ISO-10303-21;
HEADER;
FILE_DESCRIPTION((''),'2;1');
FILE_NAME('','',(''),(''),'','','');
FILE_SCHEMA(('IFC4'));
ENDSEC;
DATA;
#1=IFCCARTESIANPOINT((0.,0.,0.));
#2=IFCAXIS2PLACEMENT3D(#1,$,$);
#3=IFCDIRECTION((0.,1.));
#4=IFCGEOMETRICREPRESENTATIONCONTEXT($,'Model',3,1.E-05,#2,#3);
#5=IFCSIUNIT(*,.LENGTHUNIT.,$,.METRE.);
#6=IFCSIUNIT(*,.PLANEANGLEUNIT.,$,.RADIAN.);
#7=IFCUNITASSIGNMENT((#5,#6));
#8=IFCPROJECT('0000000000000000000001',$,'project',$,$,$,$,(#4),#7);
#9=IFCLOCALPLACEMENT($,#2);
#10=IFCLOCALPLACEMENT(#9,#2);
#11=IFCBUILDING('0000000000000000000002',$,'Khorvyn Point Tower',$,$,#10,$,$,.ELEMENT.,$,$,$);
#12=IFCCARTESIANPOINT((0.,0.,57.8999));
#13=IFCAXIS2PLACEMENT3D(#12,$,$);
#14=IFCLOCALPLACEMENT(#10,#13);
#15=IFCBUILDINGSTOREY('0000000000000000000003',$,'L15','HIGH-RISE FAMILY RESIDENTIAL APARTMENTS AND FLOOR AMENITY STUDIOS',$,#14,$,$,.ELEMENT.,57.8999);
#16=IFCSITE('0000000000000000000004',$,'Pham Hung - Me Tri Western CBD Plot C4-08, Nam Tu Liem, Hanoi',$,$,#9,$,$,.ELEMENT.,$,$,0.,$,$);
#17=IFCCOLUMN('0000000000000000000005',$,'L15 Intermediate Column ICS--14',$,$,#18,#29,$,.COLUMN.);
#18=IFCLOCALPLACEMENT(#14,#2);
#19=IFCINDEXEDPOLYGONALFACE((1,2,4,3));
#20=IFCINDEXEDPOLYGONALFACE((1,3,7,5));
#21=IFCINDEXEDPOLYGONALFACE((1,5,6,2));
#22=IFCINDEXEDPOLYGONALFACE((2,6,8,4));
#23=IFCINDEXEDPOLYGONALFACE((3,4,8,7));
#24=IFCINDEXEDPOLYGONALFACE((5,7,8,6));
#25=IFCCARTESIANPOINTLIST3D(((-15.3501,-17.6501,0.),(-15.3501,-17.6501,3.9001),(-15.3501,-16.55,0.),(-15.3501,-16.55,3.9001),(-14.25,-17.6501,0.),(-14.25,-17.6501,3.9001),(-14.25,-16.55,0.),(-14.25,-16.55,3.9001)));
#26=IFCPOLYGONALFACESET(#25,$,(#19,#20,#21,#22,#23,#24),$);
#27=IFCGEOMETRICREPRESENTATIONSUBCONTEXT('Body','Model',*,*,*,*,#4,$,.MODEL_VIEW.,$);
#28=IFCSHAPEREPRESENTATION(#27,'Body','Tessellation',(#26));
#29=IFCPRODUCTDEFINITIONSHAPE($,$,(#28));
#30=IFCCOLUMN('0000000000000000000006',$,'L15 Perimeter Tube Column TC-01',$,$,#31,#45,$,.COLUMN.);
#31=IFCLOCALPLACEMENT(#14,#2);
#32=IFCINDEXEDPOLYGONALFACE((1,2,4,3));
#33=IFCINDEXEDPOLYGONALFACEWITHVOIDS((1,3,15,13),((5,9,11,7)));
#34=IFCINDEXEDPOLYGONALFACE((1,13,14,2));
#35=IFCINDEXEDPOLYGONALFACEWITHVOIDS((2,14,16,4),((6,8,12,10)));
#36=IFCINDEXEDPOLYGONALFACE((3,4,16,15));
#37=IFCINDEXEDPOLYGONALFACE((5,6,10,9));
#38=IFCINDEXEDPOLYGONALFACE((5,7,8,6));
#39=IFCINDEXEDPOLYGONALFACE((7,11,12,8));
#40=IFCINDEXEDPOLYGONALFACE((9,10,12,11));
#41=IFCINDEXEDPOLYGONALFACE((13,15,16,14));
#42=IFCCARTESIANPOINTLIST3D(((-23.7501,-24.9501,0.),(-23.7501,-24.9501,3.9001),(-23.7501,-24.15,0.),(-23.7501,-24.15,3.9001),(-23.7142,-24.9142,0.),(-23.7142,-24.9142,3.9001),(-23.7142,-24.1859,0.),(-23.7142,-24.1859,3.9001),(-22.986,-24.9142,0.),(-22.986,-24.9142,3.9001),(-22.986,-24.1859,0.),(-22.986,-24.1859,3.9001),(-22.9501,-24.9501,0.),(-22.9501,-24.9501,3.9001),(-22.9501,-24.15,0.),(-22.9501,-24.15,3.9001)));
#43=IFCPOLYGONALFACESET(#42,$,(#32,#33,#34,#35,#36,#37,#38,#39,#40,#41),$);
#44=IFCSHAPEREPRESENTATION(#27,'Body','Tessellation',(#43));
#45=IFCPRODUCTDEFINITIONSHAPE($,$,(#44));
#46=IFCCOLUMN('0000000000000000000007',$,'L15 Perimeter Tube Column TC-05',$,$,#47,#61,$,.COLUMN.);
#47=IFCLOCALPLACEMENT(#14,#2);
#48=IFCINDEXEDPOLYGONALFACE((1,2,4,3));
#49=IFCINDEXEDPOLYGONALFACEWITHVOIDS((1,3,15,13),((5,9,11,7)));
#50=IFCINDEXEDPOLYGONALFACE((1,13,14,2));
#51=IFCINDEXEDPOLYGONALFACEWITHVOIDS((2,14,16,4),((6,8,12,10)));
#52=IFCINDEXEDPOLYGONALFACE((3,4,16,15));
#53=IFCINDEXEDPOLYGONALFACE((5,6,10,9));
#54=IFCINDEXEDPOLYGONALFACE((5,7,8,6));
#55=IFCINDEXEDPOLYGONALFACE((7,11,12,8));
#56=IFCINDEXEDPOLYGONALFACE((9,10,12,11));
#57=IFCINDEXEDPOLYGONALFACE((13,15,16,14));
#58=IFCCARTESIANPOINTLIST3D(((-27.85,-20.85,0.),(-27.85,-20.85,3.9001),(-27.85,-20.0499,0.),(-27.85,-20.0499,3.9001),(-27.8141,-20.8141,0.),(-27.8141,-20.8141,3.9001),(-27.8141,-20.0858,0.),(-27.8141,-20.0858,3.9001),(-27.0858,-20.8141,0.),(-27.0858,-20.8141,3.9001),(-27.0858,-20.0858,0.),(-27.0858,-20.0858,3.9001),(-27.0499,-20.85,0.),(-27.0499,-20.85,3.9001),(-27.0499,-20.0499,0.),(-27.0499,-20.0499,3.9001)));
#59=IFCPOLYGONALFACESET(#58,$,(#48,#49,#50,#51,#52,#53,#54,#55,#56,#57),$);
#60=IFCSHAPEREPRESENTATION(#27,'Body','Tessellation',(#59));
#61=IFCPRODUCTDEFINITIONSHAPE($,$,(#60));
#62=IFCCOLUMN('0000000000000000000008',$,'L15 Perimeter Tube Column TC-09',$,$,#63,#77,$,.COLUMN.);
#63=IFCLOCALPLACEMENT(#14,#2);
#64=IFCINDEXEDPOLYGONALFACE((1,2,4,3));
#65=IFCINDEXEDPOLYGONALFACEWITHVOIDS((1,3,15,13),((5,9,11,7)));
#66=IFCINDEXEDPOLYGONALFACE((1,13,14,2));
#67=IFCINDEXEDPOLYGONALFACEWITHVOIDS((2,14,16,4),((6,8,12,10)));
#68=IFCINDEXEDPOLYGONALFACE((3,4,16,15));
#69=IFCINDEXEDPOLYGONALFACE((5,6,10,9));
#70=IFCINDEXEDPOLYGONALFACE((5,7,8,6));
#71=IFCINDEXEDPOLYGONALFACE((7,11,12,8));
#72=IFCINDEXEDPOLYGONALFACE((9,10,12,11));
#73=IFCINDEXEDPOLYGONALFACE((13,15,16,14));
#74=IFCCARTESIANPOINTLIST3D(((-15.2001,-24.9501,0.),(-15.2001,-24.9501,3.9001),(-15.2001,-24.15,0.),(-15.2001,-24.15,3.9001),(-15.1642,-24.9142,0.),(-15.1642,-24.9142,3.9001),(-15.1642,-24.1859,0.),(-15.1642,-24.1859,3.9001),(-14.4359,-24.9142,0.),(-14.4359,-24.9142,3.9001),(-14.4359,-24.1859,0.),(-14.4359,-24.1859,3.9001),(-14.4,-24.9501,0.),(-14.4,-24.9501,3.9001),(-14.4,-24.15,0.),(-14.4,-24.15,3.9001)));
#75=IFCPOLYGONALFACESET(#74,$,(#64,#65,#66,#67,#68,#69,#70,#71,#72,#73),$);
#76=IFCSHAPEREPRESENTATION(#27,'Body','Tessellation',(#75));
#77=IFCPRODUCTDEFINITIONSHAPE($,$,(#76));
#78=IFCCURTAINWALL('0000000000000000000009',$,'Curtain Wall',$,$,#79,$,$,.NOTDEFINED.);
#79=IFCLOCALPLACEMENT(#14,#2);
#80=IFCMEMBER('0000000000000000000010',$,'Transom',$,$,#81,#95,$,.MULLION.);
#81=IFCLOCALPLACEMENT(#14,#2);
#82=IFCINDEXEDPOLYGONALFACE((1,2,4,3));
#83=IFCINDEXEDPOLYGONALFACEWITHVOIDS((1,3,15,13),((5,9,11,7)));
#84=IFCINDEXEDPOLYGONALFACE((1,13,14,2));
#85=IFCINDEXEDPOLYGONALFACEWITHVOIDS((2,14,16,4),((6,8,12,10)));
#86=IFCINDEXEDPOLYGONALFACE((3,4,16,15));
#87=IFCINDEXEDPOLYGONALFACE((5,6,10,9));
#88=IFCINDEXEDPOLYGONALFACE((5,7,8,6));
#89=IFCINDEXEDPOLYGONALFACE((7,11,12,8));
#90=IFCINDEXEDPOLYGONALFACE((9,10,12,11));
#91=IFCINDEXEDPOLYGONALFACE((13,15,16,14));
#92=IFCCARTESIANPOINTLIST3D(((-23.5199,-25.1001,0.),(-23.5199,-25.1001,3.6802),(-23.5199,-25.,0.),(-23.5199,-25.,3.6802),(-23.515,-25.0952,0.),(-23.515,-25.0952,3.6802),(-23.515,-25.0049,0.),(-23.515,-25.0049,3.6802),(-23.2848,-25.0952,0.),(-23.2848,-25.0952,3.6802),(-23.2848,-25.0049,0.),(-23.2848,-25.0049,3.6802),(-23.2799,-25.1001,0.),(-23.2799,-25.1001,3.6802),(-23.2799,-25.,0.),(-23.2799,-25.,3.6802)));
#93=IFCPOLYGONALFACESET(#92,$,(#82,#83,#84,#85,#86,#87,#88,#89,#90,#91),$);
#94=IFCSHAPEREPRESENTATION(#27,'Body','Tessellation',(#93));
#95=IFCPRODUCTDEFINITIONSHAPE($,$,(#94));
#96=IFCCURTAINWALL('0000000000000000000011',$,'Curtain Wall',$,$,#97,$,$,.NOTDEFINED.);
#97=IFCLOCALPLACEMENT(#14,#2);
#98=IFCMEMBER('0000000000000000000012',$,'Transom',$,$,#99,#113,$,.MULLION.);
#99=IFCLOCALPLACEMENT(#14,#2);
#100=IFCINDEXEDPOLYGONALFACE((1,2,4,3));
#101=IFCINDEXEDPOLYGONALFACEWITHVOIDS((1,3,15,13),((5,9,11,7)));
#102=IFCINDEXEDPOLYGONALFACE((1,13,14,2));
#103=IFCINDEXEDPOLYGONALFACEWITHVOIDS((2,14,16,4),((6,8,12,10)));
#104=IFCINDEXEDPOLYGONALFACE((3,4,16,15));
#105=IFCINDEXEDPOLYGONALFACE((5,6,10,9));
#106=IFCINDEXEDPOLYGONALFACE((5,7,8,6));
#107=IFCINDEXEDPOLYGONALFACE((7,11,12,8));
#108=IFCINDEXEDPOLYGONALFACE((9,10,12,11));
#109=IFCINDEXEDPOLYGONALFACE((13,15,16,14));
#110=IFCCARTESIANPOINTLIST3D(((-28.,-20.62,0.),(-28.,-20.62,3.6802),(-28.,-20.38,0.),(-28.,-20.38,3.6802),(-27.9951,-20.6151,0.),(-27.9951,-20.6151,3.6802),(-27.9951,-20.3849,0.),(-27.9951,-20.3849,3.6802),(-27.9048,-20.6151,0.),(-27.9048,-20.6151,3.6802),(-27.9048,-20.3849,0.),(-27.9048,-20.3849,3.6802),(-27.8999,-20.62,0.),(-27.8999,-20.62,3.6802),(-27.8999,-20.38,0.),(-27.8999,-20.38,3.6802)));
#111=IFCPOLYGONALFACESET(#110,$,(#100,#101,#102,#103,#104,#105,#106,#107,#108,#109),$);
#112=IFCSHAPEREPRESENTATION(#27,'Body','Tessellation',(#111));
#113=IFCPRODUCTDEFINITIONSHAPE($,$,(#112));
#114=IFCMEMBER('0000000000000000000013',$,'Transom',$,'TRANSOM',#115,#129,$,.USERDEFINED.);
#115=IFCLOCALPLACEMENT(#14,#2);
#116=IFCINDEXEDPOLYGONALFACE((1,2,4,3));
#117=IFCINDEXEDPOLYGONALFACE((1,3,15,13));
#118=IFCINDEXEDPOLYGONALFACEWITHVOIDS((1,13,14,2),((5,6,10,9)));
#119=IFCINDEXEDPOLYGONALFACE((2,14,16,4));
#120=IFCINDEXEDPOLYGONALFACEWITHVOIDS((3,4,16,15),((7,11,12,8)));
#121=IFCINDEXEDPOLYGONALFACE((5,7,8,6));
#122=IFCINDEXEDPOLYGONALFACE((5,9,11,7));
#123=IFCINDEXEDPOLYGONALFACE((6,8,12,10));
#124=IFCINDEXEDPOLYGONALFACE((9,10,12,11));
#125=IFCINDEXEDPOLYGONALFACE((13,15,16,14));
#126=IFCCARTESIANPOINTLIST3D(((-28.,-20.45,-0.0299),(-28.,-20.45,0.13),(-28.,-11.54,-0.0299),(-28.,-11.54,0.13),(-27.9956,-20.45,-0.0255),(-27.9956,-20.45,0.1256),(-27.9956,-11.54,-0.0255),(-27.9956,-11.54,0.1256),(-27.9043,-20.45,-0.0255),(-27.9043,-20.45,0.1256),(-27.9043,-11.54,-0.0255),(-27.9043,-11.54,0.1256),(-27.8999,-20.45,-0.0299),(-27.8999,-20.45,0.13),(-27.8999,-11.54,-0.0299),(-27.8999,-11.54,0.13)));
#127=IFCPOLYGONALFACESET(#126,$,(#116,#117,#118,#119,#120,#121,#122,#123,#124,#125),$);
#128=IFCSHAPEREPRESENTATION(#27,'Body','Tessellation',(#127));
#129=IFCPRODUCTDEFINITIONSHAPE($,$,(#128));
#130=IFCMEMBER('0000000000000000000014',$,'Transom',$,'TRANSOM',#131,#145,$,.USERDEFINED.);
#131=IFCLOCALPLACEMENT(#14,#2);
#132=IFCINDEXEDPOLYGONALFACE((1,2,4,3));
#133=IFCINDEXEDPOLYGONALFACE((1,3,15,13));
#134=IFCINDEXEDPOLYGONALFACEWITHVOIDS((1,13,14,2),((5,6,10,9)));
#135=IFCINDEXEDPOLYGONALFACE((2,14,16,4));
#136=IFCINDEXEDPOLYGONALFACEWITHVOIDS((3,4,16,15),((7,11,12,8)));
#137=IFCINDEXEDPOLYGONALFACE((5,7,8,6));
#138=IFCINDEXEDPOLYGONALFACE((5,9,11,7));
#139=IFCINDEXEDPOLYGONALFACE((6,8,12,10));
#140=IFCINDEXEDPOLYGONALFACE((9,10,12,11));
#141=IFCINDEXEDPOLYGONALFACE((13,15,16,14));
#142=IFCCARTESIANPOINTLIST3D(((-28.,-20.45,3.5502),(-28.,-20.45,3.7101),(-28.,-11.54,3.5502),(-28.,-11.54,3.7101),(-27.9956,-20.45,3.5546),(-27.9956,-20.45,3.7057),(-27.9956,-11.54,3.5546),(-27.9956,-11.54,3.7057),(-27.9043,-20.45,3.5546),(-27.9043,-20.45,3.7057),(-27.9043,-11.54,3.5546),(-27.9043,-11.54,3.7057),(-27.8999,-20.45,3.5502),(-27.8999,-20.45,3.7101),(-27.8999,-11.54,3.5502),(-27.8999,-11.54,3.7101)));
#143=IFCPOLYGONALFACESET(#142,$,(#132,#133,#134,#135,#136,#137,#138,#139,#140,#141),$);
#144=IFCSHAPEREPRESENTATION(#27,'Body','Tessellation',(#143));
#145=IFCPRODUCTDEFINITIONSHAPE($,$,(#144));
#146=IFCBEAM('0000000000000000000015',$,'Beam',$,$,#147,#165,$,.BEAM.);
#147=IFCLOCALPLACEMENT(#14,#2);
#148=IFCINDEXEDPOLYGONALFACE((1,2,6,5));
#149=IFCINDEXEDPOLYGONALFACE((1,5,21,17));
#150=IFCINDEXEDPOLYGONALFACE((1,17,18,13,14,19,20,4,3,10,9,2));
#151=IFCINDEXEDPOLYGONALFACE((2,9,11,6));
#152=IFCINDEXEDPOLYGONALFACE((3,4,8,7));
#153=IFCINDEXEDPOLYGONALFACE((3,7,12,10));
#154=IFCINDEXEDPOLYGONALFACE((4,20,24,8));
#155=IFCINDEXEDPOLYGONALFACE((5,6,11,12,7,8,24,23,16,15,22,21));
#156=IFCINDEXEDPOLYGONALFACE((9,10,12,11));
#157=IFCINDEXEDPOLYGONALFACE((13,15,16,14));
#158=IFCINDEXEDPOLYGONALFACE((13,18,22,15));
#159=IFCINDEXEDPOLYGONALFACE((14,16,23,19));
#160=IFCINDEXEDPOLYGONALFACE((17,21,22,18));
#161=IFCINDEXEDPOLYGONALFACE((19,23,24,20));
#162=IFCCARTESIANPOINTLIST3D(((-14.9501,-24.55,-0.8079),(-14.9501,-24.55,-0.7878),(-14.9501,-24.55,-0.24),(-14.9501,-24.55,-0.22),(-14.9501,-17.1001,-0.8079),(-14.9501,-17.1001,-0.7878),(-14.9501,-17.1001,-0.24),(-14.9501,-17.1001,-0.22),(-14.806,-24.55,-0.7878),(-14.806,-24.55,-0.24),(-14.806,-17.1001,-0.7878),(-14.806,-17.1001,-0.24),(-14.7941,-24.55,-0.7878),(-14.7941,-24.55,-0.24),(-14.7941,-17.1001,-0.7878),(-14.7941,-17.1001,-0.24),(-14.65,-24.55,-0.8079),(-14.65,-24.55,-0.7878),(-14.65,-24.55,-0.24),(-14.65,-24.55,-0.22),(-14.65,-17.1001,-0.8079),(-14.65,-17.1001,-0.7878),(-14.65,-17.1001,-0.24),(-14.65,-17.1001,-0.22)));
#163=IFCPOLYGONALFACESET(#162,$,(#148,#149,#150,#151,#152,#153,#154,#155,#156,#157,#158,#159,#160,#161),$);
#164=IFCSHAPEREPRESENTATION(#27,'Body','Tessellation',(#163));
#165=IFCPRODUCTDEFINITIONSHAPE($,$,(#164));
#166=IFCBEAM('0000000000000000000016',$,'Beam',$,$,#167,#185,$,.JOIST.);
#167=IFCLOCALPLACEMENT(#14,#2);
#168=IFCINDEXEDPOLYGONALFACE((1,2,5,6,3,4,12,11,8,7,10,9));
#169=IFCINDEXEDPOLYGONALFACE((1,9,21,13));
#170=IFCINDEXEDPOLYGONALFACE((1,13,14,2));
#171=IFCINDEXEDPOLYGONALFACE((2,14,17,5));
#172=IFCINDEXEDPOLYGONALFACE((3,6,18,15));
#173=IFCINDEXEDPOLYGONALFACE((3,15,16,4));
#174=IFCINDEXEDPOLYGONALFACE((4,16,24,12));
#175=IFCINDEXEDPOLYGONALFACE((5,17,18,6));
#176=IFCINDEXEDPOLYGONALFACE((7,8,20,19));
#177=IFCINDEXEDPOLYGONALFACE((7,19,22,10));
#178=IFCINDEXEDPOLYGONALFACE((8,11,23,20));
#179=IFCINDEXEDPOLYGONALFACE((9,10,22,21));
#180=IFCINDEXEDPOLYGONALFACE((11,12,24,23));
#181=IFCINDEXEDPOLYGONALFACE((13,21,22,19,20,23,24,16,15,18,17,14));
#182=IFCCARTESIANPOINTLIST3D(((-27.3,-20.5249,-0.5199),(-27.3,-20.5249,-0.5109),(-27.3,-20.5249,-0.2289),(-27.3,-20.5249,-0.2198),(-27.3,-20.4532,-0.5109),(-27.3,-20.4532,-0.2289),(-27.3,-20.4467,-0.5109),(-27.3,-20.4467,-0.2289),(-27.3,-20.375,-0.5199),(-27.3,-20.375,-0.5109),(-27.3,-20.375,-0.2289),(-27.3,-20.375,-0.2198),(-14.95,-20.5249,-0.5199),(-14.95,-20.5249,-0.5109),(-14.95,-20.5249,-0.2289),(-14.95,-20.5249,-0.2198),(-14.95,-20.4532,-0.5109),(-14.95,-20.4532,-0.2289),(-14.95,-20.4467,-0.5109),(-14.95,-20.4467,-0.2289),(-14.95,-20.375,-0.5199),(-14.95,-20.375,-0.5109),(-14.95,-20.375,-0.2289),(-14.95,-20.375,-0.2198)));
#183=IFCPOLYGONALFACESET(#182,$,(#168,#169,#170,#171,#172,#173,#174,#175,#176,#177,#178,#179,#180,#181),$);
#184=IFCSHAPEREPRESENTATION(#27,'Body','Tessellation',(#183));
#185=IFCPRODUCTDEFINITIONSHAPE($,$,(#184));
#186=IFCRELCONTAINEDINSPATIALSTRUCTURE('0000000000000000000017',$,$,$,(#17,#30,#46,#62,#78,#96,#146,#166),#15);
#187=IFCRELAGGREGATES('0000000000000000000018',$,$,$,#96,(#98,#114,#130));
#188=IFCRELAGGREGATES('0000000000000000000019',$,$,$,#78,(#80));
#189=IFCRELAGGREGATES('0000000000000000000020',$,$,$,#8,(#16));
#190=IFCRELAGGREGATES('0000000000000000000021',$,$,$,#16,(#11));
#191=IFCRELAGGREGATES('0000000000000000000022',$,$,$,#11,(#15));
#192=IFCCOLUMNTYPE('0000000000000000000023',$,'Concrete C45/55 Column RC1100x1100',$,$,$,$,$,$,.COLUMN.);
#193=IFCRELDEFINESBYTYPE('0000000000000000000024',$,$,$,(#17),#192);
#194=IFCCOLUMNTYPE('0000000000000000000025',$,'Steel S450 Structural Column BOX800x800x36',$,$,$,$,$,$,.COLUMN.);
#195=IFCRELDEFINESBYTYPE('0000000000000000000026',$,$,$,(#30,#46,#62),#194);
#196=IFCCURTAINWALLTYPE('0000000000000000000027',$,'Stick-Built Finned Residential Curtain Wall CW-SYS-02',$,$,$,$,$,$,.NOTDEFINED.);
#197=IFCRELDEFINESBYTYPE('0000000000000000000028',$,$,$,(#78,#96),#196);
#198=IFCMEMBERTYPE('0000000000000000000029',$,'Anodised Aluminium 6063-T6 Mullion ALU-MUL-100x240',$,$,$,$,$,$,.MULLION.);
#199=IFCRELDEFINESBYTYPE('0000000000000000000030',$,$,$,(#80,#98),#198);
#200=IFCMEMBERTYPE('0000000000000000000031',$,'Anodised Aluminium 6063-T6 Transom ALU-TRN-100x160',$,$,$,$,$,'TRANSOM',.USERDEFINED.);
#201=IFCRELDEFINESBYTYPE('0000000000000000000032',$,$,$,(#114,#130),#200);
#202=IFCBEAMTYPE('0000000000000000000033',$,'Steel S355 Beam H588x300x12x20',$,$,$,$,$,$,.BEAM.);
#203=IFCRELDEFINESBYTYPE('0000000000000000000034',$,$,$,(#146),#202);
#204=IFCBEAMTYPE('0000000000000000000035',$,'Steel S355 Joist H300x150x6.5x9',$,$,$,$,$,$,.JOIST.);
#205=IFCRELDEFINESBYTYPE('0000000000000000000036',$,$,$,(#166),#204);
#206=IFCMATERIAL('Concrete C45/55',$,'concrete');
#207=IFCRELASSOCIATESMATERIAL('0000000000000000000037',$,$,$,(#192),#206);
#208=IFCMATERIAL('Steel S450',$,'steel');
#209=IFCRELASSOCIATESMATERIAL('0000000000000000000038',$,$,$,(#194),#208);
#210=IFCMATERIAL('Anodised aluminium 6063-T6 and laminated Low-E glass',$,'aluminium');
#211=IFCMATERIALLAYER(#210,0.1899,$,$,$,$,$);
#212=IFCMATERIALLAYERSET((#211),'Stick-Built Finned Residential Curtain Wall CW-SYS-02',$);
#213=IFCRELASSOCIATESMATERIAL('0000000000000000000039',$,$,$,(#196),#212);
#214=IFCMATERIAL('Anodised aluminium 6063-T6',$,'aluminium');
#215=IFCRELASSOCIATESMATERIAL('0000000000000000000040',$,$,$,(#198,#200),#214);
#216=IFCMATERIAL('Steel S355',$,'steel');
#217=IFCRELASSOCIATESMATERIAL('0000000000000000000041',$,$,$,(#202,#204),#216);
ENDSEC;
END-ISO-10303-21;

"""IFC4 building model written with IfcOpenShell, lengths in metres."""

from ifc_helpers import new_model, si_unit, direction, frame, origin, origin_2d, place, context, subcontext, project, spatial, rectangle, hollow_rectangle, i_section, extrude, material, layer, layer_set, material_profile, profile_set, type_object, element, aggregate, save


model = new_model("IFC4")

# Units and contexts
model_context = context("Model", 3, precision=1e-05, world=origin(), true_north=direction((0.0, 1.0)))
body_context = subcontext(model_context, "Body", "Model", "MODEL_VIEW")
ifc_project = project(units=[si_unit("LENGTHUNIT", "METRE"), si_unit("PLANEANGLEUNIT", "RADIAN")], contexts=[model_context])

# Site, building, storey
site_placement = place(None, origin())
site = spatial("IfcSite", under=ifc_project, at=site_placement, Name="Pham Hung - Me Tri Western CBD Plot C4-08, Nam Tu Liem, Hanoi", CompositionType="ELEMENT", RefElevation=0.0)
building_placement = place(site_placement, origin())
building = spatial("IfcBuilding", under=site, at=building_placement, Name="Khorvyn Point Tower", CompositionType="ELEMENT")
storey_placement = place(building_placement, frame((0.0, 0.0, 57.8999)))
storey = spatial("IfcBuildingStorey", under=building, at=storey_placement, Name="L15", Description="HIGH-RISE FAMILY RESIDENTIAL APARTMENTS AND FLOOR AMENITY STUDIOS", CompositionType="ELEMENT", Elevation=57.8999)

# Columns
ifc_material_1 = material(Name="Concrete C45/55", Category="concrete")
ifc_material_profile_1 = material_profile(ifc_material_1, rectangle(XDim=1.1001, YDim=1.1001, at=origin_2d()))
ifc_profile_set_1 = profile_set([ifc_material_profile_1], Name="Concrete C45/55 RC1100x1100")
column_type_1 = type_object("IfcColumnType", Name="Concrete C45/55 Column RC1100x1100", PredefinedType="COLUMN", material=ifc_profile_set_1)
column_placement = place(storey_placement, frame((-14.8, -17.1001, 0.0), z_axis=(0.0, 0.0, 1.0), x_axis=(1.0, 0.0, 0.0)))
element("IfcColumn", 1, at=column_placement, inside=storey, type_object=column_type_1, Name="L15 Intermediate Column ICS--14", PredefinedType="COLUMN", context=body_context, shape_type="SweptSolid", body=[
    extrude(rectangle(XDim=1.1001, YDim=1.1001, at=origin_2d()), origin(), (0.0, 0.0, 1.0), 3.9001),
])
ifc_material_2 = material(Name="Steel S450", Category="steel")
ifc_material_profile_2 = material_profile(ifc_material_2, hollow_rectangle(XDim=0.8, YDim=0.8, WallThickness=0.0359, at=origin_2d()))
ifc_profile_set_2 = profile_set([ifc_material_profile_2], Name="Steel S450 BOX800x800x36")
column_type_2 = type_object("IfcColumnType", Name="Steel S450 Structural Column BOX800x800x36", PredefinedType="COLUMN", material=ifc_profile_set_2)
for number, where, z_axis, x_axis, name in (
    (2, (-23.3501, -24.55, 0.0), (0.0, 0.0, 1.0), (1.0, 0.0, 0.0), "L15 Perimeter Tube Column TC-01"),
    (3, (-27.45, -20.45, 0.0), (0.0, 0.0, 1.0), (1.0, 0.0, 0.0), "L15 Perimeter Tube Column TC-05"),
    (4, (-14.8, -24.55, 0.0), (0.0, 0.0, 1.0), (1.0, 0.0, 0.0), "L15 Perimeter Tube Column TC-09"),
):
    element("IfcColumn", number, at=place(storey_placement, frame(where, z_axis=z_axis, x_axis=x_axis)), inside=storey, type_object=column_type_2, Name=name, PredefinedType="COLUMN", context=body_context, shape_type="SweptSolid", body=[
        extrude(hollow_rectangle(XDim=0.8, YDim=0.8, WallThickness=0.0359, at=origin_2d()), origin(), (0.0, 0.0, 1.0), 3.9001),
    ])

# Curtain wall, member
ifc_material_3 = material(Name="Anodised aluminium 6063-T6 and laminated Low-E glass", Category="aluminium")
ifc_layer_1 = layer(ifc_material_3, 0.1899)
ifc_layer_set_1 = layer_set([ifc_layer_1], Name="Stick-Built Finned Residential Curtain Wall CW-SYS-02")
curtain_wall_type = type_object("IfcCurtainWallType", Name="Stick-Built Finned Residential Curtain Wall CW-SYS-02", PredefinedType="NOTDEFINED", material=ifc_layer_set_1)
curtain_wall_1_placement = place(storey_placement, origin())
curtain_wall_1 = element("IfcCurtainWall", 5, at=curtain_wall_1_placement, inside=storey, type_object=curtain_wall_type, Name="Curtain Wall", PredefinedType="NOTDEFINED")
ifc_material_4 = material(Name="Anodised aluminium 6063-T6", Category="aluminium")
ifc_material_profile_3 = material_profile(ifc_material_4, hollow_rectangle(XDim=0.1001, YDim=0.24, WallThickness=0.0049, at=origin_2d()))
ifc_profile_set_3 = profile_set([ifc_material_profile_3], Name="Anodised aluminium 6063-T6 ALU-MUL-100x240")
member_type_1 = type_object("IfcMemberType", Name="Anodised Aluminium 6063-T6 Mullion ALU-MUL-100x240", PredefinedType="MULLION", material=ifc_profile_set_3)
member_1_placement = place(storey_placement, frame((-23.3999, -25.05, 0.0), z_axis=(0.0, 0.0, 1.0), x_axis=(0.0, -1.0, 0.0)))
member_1 = element("IfcMember", 6, at=member_1_placement, type_object=member_type_1, Name="Transom", PredefinedType="MULLION", context=body_context, shape_type="SweptSolid", body=[
    extrude(hollow_rectangle(XDim=0.1001, YDim=0.24, WallThickness=0.0049, at=origin_2d()), origin(), (0.0, 0.0, 1.0), 3.6802),
])

# Curtain wall, members
curtain_wall_2_placement = place(storey_placement, origin())
curtain_wall_2 = element("IfcCurtainWall", 7, at=curtain_wall_2_placement, inside=storey, type_object=curtain_wall_type, Name="Curtain Wall", PredefinedType="NOTDEFINED")
member_2_placement = place(storey_placement, frame((-27.95, -20.5, 0.0), z_axis=(0.0, 0.0, 1.0), x_axis=(-1.0, 0.0, 0.0)))
member_2 = element("IfcMember", 8, at=member_2_placement, type_object=member_type_1, Name="Transom", PredefinedType="MULLION", context=body_context, shape_type="SweptSolid", body=[
    extrude(hollow_rectangle(XDim=0.1001, YDim=0.24, WallThickness=0.0049, at=origin_2d()), origin(), (0.0, 0.0, 1.0), 3.6802),
])
ifc_material_profile_4 = material_profile(ifc_material_4, hollow_rectangle(XDim=0.1001, YDim=0.1599, WallThickness=0.0044, at=origin_2d()))
ifc_profile_set_4 = profile_set([ifc_material_profile_4], Name="Anodised aluminium 6063-T6 ALU-TRN-100x160")
member_type_2 = type_object("IfcMemberType", Name="Anodised Aluminium 6063-T6 Transom ALU-TRN-100x160", ElementType="TRANSOM", PredefinedType="USERDEFINED", material=ifc_profile_set_4)
member_3_placement = place(storey_placement, frame((-27.95, -20.45, 0.05), z_axis=(0.0, 1.0, 0.0), x_axis=(-1.0, 0.0, 0.0)))
member_3 = element("IfcMember", 9, at=member_3_placement, type_object=member_type_2, Name="Transom", ObjectType="TRANSOM", PredefinedType="USERDEFINED", context=body_context, shape_type="SweptSolid", body=[
    extrude(hollow_rectangle(XDim=0.1001, YDim=0.1599, WallThickness=0.0044, at=origin_2d()), origin(), (0.0, 0.0, 1.0), 8.9099),
])
member_4_placement = place(storey_placement, frame((-27.95, -20.45, 3.6301), z_axis=(0.0, 1.0, 0.0), x_axis=(-1.0, 0.0, 0.0)))
member_4 = element("IfcMember", 10, at=member_4_placement, type_object=member_type_2, Name="Transom", ObjectType="TRANSOM", PredefinedType="USERDEFINED", context=body_context, shape_type="SweptSolid", body=[
    extrude(hollow_rectangle(XDim=0.1001, YDim=0.1599, WallThickness=0.0044, at=origin_2d()), origin(), (0.0, 0.0, 1.0), 8.9099),
])
aggregate(curtain_wall_2, [member_2, member_3, member_4])

# Beams
ifc_material_5 = material(Name="Steel S355", Category="steel")
ifc_material_profile_5 = material_profile(ifc_material_5, i_section(OverallWidth=0.3, OverallDepth=0.5879, WebThickness=0.012, FlangeThickness=0.02, at=origin_2d()))
ifc_profile_set_5 = profile_set([ifc_material_profile_5], Name="Steel S355 H588x300x12x20")
beam_type_1 = type_object("IfcBeamType", Name="Steel S355 Beam H588x300x12x20", PredefinedType="BEAM", material=ifc_profile_set_5)
beam_1_placement = place(storey_placement, frame((-14.8, -24.55, -0.5139), z_axis=(0.0, 1.0, 0.0), x_axis=(-1.0, 0.0, 0.0)))
element("IfcBeam", 11, at=beam_1_placement, inside=storey, type_object=beam_type_1, Name="Beam", PredefinedType="BEAM", context=body_context, shape_type="SweptSolid", body=[
    extrude(i_section(OverallWidth=0.3, OverallDepth=0.5879, WebThickness=0.012, FlangeThickness=0.02, at=origin_2d()), origin(), (0.0, 0.0, 1.0), 7.45),
])
ifc_material_profile_6 = material_profile(ifc_material_5, i_section(OverallWidth=0.1499, OverallDepth=0.3, WebThickness=0.0066, FlangeThickness=0.009, at=origin_2d()))
ifc_profile_set_6 = profile_set([ifc_material_profile_6], Name="Steel S355 H300x150x6.5x9")
beam_type_2 = type_object("IfcBeamType", Name="Steel S355 Joist H300x150x6.5x9", PredefinedType="JOIST", material=ifc_profile_set_6)
beam_2_placement = place(storey_placement, frame((-27.3, -20.45, -0.3699), z_axis=(1.0, 0.0, 0.0), x_axis=(0.0, 1.0, 0.0)))
element("IfcBeam", 12, at=beam_2_placement, inside=storey, type_object=beam_type_2, Name="Beam", PredefinedType="JOIST", context=body_context, shape_type="SweptSolid", body=[
    extrude(i_section(OverallWidth=0.1499, OverallDepth=0.3, WebThickness=0.0066, FlangeThickness=0.009, at=origin_2d()), origin(), (0.0, 0.0, 1.0), 12.3501),
])

aggregate(curtain_wall_1, [member_1])

save(model, "model.ifc")
